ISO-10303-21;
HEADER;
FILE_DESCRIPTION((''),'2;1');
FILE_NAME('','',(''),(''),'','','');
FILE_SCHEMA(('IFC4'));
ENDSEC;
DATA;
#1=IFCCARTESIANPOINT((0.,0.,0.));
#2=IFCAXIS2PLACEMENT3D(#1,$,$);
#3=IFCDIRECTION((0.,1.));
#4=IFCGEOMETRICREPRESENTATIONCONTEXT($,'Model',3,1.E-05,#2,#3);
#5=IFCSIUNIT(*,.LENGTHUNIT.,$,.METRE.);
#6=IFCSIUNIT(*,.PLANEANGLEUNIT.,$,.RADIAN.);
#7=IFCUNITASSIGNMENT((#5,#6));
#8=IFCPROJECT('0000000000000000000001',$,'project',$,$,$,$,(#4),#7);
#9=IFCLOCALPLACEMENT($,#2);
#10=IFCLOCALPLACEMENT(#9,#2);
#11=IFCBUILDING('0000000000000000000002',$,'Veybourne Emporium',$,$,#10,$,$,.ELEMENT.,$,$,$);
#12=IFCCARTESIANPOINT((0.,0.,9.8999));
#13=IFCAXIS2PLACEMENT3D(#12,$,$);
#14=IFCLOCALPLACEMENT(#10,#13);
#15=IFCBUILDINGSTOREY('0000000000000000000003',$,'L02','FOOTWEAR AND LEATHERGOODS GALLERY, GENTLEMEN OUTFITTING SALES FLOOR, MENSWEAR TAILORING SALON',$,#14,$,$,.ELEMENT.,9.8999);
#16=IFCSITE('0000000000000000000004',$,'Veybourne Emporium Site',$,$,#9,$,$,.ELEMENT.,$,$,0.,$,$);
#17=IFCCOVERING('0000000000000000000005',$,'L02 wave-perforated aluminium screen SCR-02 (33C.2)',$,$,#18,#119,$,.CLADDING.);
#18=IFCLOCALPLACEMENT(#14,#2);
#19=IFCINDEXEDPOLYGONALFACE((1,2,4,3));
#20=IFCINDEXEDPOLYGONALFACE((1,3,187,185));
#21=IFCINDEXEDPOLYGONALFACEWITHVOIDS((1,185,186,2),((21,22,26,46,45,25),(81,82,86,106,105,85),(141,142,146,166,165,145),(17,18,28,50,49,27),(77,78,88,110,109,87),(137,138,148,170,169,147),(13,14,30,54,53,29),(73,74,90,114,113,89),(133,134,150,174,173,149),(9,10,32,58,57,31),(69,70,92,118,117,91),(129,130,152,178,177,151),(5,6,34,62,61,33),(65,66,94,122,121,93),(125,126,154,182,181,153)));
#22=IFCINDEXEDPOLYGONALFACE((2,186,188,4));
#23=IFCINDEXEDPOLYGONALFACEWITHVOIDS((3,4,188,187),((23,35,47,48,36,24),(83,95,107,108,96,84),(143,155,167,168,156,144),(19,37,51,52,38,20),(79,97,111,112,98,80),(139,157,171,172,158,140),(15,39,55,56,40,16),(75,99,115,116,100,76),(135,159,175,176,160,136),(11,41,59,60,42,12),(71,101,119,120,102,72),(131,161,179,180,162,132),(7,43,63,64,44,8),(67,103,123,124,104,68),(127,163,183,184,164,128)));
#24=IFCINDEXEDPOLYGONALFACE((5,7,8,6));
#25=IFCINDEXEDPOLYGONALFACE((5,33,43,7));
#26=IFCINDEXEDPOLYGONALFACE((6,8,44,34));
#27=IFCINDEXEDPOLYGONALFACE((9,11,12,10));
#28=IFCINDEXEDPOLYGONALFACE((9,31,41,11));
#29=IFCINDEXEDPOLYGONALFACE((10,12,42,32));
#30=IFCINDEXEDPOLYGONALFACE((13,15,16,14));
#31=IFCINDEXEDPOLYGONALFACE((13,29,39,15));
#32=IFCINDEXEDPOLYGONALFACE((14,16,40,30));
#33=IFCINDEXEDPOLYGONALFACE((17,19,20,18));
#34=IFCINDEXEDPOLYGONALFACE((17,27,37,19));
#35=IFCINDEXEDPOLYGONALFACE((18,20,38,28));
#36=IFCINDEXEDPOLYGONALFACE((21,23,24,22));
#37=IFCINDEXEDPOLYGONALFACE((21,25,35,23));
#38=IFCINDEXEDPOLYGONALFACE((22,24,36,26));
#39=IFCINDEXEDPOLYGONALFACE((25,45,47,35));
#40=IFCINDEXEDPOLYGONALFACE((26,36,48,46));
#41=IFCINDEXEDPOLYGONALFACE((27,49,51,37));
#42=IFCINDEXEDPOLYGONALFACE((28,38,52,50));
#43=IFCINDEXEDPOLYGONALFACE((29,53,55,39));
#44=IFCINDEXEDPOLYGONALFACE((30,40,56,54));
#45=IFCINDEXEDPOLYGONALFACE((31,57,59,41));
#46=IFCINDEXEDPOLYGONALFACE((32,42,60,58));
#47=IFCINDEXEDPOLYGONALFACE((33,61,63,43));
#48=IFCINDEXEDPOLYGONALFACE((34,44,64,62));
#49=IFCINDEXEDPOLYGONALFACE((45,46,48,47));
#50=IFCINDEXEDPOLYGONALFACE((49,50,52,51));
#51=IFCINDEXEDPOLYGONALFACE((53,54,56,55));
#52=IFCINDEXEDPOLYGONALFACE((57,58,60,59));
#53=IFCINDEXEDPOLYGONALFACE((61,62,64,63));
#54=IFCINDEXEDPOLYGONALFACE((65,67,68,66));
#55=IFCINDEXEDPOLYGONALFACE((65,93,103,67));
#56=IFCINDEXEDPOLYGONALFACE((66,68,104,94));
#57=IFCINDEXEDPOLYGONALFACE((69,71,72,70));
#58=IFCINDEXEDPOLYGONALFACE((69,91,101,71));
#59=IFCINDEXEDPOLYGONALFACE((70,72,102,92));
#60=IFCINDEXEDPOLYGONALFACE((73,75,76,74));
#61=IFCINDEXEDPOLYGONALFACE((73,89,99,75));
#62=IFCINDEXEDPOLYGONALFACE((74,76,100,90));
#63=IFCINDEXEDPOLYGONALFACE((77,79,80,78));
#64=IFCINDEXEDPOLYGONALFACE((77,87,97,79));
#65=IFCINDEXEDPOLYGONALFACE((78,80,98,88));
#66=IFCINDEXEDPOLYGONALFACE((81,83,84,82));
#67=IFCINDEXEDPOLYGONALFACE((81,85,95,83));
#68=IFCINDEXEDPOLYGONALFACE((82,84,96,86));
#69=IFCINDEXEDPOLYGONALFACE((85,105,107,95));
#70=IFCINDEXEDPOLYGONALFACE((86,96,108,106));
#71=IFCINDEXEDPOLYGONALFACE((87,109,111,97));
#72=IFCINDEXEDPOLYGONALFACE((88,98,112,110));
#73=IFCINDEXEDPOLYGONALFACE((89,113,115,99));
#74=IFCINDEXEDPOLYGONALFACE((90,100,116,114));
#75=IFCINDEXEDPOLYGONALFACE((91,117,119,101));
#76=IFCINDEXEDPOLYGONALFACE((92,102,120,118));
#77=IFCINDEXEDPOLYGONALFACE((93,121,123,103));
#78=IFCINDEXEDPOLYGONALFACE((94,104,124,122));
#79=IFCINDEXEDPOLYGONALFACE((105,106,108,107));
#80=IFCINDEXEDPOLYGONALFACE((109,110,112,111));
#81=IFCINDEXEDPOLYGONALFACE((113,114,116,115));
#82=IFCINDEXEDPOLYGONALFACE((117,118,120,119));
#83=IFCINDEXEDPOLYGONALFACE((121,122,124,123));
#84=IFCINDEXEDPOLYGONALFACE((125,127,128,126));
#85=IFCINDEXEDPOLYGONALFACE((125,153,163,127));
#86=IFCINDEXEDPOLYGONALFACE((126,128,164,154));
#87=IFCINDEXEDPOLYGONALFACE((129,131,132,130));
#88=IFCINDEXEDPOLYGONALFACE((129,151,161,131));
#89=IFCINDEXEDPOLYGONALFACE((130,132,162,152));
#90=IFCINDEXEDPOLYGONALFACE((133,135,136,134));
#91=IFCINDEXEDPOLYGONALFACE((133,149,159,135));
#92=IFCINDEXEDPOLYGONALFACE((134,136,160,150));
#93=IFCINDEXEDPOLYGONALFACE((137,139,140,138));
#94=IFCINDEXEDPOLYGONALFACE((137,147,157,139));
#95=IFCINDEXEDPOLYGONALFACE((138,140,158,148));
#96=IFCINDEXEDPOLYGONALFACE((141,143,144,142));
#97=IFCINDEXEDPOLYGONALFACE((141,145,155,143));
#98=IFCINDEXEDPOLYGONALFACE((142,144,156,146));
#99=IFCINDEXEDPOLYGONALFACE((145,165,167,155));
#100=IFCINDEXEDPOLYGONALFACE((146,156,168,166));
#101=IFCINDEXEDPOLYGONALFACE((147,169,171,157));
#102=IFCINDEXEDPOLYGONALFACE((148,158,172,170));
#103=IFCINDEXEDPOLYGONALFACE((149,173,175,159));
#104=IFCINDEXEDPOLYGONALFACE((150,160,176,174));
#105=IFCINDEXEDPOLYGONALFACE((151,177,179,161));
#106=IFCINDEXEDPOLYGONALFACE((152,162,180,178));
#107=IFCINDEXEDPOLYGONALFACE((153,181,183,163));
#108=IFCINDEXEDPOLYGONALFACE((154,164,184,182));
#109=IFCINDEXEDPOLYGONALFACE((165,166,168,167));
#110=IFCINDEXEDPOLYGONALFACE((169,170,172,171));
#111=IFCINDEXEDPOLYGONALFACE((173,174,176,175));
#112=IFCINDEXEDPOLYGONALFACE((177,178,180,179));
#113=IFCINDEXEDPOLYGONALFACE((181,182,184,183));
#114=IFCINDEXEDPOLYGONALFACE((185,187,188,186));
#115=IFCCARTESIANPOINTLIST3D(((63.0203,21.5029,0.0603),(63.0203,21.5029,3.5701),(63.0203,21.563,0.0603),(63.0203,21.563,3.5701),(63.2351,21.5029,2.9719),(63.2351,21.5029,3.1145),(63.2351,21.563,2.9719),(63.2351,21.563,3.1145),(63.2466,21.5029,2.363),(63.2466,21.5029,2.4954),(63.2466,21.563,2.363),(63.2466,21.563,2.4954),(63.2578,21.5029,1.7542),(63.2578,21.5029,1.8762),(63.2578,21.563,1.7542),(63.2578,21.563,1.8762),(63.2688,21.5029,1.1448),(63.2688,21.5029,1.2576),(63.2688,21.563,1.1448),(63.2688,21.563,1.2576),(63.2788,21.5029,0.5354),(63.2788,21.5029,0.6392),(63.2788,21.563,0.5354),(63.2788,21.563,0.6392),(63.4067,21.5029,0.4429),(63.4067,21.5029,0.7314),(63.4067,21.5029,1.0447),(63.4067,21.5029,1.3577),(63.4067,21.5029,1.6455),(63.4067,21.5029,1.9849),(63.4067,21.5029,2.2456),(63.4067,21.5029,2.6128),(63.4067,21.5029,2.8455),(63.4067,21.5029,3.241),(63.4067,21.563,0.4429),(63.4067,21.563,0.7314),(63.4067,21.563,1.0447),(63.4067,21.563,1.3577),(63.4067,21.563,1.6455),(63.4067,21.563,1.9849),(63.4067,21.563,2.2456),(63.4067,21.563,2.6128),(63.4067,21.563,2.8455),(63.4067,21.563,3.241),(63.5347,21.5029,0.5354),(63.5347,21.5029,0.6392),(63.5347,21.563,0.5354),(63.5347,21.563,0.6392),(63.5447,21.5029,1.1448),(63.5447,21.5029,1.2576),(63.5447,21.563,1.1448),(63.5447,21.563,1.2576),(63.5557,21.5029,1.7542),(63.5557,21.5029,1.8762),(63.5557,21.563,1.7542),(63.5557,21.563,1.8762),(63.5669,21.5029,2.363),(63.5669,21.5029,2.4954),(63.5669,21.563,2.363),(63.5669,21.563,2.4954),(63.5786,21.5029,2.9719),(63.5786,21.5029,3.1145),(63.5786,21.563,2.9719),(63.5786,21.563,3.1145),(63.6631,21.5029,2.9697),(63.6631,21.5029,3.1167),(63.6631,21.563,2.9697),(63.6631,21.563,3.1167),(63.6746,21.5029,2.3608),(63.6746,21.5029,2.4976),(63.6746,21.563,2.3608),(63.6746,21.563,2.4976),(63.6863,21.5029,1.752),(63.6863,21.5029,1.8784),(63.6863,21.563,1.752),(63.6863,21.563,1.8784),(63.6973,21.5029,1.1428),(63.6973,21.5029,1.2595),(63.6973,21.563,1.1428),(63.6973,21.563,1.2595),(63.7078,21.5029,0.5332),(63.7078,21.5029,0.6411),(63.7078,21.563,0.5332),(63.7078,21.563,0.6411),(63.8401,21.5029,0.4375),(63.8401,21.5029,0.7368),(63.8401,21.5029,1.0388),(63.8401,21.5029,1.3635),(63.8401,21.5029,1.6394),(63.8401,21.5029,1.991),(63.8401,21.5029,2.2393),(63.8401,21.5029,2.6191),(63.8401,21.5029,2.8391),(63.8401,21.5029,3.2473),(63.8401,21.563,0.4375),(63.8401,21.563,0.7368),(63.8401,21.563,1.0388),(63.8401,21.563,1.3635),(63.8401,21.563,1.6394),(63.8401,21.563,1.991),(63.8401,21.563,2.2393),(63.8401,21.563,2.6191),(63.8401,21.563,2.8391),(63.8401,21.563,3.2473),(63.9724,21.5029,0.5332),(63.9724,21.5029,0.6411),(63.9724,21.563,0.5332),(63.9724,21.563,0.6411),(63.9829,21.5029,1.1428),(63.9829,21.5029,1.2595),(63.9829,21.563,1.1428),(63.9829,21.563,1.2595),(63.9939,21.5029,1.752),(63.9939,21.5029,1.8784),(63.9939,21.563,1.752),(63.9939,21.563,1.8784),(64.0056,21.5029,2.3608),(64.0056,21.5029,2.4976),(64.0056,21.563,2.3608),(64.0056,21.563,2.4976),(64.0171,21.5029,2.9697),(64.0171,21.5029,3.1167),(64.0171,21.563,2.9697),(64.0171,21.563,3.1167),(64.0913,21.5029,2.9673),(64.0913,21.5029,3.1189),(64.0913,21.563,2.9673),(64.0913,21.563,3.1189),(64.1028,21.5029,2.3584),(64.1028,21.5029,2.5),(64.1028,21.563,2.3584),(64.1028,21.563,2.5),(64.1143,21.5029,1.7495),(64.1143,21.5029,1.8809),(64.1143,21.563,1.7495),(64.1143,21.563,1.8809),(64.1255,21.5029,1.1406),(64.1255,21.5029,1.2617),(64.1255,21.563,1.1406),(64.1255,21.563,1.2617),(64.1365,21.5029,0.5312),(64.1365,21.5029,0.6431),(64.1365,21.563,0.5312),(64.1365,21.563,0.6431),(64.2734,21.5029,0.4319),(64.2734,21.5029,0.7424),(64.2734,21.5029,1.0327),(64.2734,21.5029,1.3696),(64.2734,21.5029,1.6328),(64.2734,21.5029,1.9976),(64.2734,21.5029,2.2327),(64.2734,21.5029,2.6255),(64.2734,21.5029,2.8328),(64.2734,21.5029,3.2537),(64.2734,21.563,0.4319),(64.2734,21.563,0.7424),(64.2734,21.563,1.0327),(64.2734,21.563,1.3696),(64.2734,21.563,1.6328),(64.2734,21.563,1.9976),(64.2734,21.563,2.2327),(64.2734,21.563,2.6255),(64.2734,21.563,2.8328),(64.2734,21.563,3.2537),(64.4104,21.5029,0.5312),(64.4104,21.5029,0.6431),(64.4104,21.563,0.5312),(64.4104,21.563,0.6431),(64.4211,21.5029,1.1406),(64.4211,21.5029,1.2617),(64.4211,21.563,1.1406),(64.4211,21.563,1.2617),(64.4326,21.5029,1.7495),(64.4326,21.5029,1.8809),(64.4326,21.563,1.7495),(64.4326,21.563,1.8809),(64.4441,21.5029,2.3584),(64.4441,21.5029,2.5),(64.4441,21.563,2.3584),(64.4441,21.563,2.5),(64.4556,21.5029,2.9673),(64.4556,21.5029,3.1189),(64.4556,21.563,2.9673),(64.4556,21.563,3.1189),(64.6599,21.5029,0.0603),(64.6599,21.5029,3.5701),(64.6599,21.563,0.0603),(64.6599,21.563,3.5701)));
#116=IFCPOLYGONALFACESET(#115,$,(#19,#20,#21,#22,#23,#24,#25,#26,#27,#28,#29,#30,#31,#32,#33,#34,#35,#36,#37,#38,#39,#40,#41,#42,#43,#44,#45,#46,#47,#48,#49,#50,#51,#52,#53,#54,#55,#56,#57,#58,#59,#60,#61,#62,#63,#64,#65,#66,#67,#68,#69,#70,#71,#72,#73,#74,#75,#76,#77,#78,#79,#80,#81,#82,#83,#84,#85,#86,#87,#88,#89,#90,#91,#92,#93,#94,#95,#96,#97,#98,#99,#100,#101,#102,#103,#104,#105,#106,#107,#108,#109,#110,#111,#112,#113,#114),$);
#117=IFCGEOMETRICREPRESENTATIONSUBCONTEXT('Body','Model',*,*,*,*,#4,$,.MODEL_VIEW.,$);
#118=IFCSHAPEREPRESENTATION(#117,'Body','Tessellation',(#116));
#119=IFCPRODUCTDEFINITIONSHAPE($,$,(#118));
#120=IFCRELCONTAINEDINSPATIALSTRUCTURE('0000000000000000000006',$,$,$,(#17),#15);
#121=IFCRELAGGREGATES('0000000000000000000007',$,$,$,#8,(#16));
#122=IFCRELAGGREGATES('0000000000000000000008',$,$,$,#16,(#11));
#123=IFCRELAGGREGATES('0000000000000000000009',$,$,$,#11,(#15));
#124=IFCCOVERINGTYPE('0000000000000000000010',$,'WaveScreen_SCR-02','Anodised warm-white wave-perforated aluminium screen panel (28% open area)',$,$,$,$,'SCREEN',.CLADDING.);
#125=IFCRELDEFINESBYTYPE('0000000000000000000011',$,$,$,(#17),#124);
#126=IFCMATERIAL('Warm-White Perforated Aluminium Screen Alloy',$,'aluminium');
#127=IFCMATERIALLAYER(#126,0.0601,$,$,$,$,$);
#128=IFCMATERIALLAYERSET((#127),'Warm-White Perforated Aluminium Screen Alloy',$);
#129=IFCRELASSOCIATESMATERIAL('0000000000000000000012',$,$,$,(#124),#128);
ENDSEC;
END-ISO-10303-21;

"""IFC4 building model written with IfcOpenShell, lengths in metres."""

from ifc_helpers import new_model, si_unit, direction, frame, origin, place, context, subcontext, project, spatial, polyline, outline, extrude, material, layer, layer_set, type_object, element, save


model = new_model("IFC4")

# Units and contexts
model_context = context("Model", 3, precision=1e-05, world=origin(), true_north=direction((0.0, 1.0)))
body_context = subcontext(model_context, "Body", "Model", "MODEL_VIEW")
ifc_project = project(units=[si_unit("LENGTHUNIT", "METRE"), si_unit("PLANEANGLEUNIT", "RADIAN")], contexts=[model_context])

# Site, building, storey
site_placement = place(None, origin())
site = spatial("IfcSite", under=ifc_project, at=site_placement, Name="Veybourne Emporium Site", CompositionType="ELEMENT", RefElevation=0.0)
building_placement = place(site_placement, origin())
building = spatial("IfcBuilding", under=site, at=building_placement, Name="Veybourne Emporium", CompositionType="ELEMENT")
storey_placement = place(building_placement, frame((0.0, 0.0, 9.8999)))
storey = spatial("IfcBuildingStorey", under=building, at=storey_placement, Name="L02", Description="FOOTWEAR AND LEATHERGOODS GALLERY, GENTLEMEN OUTFITTING SALES FLOOR, MENSWEAR TAILORING SALON", CompositionType="ELEMENT", Elevation=9.8999)

# Covering
ifc_material_1 = material(Name="Warm-White Perforated Aluminium Screen Alloy", Category="aluminium")
ifc_layer_1 = layer(ifc_material_1, 0.0601)
ifc_layer_set_1 = layer_set([ifc_layer_1], Name="Warm-White Perforated Aluminium Screen Alloy")
covering_type_1 = type_object("IfcCoveringType", Name="WaveScreen_SCR-02", Description="Anodised warm-white wave-perforated aluminium screen panel (28% open area)", ElementType="SCREEN", PredefinedType="CLADDING", material=ifc_layer_set_1)
covering_1_placement = place(storey_placement, frame((63.8401, 21.5029, 1.8152), z_axis=(0.0, 1.0, 0.0), x_axis=(-1.0, 0.0, 0.0)))
element("IfcCovering", 1, at=covering_1_placement, inside=storey, type_object=covering_type_1, Name="L02 wave-perforated aluminium screen SCR-02 (33C.2)", PredefinedType="CLADDING", context=body_context, shape_type="SweptSolid", body=[
    extrude(outline(polyline([(-0.8198, -1.7549), (0.8198, -1.7549), (0.8198, 1.7549), (-0.8198, 1.7549), (-0.8198, -1.7549)]), holes=[polyline([(-0.4333, -1.0728), (-0.2964, -1.1721), (-0.2964, -1.2839), (-0.4333, -1.3833), (-0.5703, -1.2839), (-0.5703, -1.1721), (-0.4333, -1.0728)]), polyline([(-0.4333, -0.4456), (-0.2854, -0.5535), (-0.2854, -0.6746), (-0.4333, -0.7825), (-0.5811, -0.6746), (-0.5811, -0.5535), (-0.4333, -0.4456)]), polyline([(-0.4333, 0.1824), (-0.2742, 0.0657), (-0.2742, -0.0657), (-0.4333, -0.1824), (-0.5925, -0.0657), (-0.5925, 0.0657), (-0.4333, 0.1824)]), polyline([(-0.4333, 0.8103), (-0.2627, 0.6848), (-0.2627, 0.5432), (-0.4333, 0.4175), (-0.604, 0.5432), (-0.604, 0.6848), (-0.4333, 0.8103)]), polyline([(-0.4333, 1.4385), (-0.2512, 1.3037), (-0.2512, 1.1521), (-0.4333, 1.0176), (-0.6155, 1.1521), (-0.6155, 1.3037), (-0.4333, 1.4385)]), polyline([(0.0, -1.0784), (0.1323, -1.1741), (0.1323, -1.282), (0.0, -1.3777), (-0.1323, -1.282), (-0.1323, -1.1741), (0.0, -1.0784)]), polyline([(0.0, -0.4517), (0.1428, -0.5557), (0.1428, -0.6724), (0.0, -0.7764), (-0.1428, -0.6724), (-0.1428, -0.5557), (0.0, -0.4517)]), polyline([(0.0, 0.1758), (0.1538, 0.0632), (0.1538, -0.0632), (0.0, -0.1758), (-0.1538, -0.0632), (-0.1538, 0.0632), (0.0, 0.1758)]), polyline([(0.0, 0.804), (0.1655, 0.6824), (0.1655, 0.5457), (0.0, 0.4241), (-0.1655, 0.5457), (-0.1655, 0.6824), (0.0, 0.804)]), polyline([(0.0, 1.4321), (0.177, 1.3015), (0.177, 1.1545), (0.0, 1.0239), (-0.177, 1.1545), (-0.177, 1.3015), (0.0, 1.4321)]), polyline([(0.4333, -1.0837), (0.5613, -1.176), (0.5613, -1.2798), (0.4333, -1.3723), (0.3054, -1.2798), (0.3054, -1.176), (0.4333, -1.0837)]), polyline([(0.4333, -0.4575), (0.5713, -0.5576), (0.5713, -0.6704), (0.4333, -0.7705), (0.2954, -0.6704), (0.2954, -0.5576), (0.4333, -0.4575)]), polyline([(0.4333, 0.1697), (0.5823, 0.061), (0.5823, -0.061), (0.4333, -0.1697), (0.2844, -0.061), (0.2844, 0.061), (0.4333, 0.1697)]), polyline([(0.4333, 0.7976), (0.5935, 0.6802), (0.5935, 0.5479), (0.4333, 0.4304), (0.2732, 0.5479), (0.2732, 0.6802), (0.4333, 0.7976)]), polyline([(0.4333, 1.4258), (0.605, 1.2993), (0.605, 1.1567), (0.4333, 1.0303), (0.2615, 1.1567), (0.2615, 1.2993), (0.4333, 1.4258)])]), origin(), (0.0, 0.0, 1.0), 0.0601),
])

save(model, "model.ifc")
